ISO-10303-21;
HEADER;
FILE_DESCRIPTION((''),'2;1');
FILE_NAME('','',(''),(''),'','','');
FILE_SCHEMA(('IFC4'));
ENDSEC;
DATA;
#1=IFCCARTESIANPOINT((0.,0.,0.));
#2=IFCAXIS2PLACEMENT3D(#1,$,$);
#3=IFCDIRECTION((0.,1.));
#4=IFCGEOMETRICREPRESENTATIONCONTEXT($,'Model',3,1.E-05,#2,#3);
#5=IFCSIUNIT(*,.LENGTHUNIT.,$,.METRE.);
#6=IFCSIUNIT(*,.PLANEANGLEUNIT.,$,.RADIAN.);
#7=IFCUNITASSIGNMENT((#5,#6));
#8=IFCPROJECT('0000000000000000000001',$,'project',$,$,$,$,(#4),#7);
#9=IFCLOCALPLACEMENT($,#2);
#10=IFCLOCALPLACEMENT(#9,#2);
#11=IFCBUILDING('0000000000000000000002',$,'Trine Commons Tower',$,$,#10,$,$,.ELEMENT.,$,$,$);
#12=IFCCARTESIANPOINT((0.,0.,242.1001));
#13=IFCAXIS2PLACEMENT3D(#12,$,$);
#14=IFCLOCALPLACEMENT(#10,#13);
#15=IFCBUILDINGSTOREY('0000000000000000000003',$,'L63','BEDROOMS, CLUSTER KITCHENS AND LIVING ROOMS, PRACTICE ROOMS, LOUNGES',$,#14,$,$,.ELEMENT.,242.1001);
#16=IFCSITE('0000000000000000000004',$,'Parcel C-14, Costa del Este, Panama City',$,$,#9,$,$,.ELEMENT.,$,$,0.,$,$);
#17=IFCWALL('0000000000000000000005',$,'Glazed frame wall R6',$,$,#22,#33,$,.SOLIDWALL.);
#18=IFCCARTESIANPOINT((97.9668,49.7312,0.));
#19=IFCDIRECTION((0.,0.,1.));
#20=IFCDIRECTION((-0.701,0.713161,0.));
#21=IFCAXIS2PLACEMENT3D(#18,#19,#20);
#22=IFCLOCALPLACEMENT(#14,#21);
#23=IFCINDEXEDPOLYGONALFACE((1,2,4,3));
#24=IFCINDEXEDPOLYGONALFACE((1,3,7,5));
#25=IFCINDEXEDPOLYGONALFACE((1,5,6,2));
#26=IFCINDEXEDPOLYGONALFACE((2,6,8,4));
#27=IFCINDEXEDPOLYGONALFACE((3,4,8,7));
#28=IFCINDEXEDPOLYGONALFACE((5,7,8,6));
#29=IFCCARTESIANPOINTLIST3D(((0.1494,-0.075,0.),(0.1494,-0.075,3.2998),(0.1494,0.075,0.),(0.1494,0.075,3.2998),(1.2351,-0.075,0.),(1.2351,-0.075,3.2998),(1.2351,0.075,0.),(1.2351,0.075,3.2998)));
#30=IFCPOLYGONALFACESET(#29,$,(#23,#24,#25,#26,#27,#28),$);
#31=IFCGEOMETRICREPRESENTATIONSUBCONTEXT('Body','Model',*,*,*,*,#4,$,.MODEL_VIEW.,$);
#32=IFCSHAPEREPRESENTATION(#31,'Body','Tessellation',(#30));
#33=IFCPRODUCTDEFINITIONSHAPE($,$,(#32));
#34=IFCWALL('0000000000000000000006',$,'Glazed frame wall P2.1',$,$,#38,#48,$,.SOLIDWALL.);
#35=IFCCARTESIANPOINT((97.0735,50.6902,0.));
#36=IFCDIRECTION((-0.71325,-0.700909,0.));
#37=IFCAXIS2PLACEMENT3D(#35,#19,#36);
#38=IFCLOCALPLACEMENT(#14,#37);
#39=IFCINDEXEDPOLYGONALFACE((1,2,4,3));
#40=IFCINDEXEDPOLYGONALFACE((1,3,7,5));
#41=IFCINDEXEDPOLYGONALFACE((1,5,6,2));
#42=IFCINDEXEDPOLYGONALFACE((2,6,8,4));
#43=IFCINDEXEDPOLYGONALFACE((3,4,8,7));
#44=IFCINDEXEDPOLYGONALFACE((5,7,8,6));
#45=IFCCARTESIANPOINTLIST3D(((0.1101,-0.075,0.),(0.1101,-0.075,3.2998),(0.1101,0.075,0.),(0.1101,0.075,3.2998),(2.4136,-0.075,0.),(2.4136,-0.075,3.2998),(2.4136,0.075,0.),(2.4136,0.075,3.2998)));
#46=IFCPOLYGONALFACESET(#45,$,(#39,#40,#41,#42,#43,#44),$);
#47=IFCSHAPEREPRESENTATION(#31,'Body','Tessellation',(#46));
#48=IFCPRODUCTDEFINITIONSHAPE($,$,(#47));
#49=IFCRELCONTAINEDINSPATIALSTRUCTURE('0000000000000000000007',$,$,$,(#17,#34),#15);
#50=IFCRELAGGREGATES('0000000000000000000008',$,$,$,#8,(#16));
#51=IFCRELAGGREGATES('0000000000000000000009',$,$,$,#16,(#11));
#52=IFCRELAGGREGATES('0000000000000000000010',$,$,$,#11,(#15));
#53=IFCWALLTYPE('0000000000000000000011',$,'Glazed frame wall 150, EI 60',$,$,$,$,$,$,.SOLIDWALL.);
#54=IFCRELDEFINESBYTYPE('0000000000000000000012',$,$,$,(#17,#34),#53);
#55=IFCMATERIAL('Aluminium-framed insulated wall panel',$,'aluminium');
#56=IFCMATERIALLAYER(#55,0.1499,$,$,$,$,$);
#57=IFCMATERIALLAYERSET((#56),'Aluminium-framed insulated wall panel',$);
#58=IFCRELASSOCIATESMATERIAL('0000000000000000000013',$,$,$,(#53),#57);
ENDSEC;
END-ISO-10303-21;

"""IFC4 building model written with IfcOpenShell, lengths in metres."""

from ifc_helpers import new_model, si_unit, direction, frame, origin, place, context, subcontext, project, spatial, polyline, outline, extrude, material, layer, layer_set, type_object, element, save


model = new_model("IFC4")

# Units and contexts
model_context = context("Model", 3, precision=1e-05, world=origin(), true_north=direction((0.0, 1.0)))
body_context = subcontext(model_context, "Body", "Model", "MODEL_VIEW")
ifc_project = project(units=[si_unit("LENGTHUNIT", "METRE"), si_unit("PLANEANGLEUNIT", "RADIAN")], contexts=[model_context])

# Site, building, storey
site_placement = place(None, origin())
site = spatial("IfcSite", under=ifc_project, at=site_placement, Name="Parcel C-14, Costa del Este, Panama City", CompositionType="ELEMENT", RefElevation=0.0)
building_placement = place(site_placement, origin())
building = spatial("IfcBuilding", under=site, at=building_placement, Name="Trine Commons Tower", CompositionType="ELEMENT")
storey_placement = place(building_placement, frame((0.0, 0.0, 242.1001)))
storey = spatial("IfcBuildingStorey", under=building, at=storey_placement, Name="L63", Description="BEDROOMS, CLUSTER KITCHENS AND LIVING ROOMS, PRACTICE ROOMS, LOUNGES", CompositionType="ELEMENT", Elevation=242.1001)

# Walls
ifc_material_1 = material(Name="Aluminium-framed insulated wall panel", Category="aluminium")
ifc_layer_1 = layer(ifc_material_1, 0.1499)
ifc_layer_set_1 = layer_set([ifc_layer_1], Name="Aluminium-framed insulated wall panel")
wall_type_1 = type_object("IfcWallType", Name="Glazed frame wall 150, EI 60", PredefinedType="SOLIDWALL", material=ifc_layer_set_1)
wall_1_placement = place(storey_placement, frame((97.9668, 49.7312, 0.0), z_axis=(0.0, 0.0, 1.0), x_axis=(-0.701, 0.713161, 0.0)))
element("IfcWall", 1, at=wall_1_placement, inside=storey, type_object=wall_type_1, Name="Glazed frame wall R6", PredefinedType="SOLIDWALL", context=body_context, shape_type="SweptSolid", body=[
    extrude(outline(polyline([(0.1494, 0.075), (0.1494, -0.075), (1.2351, -0.075), (1.2351, 0.075), (0.1494, 0.075)])), origin(), (0.0, 0.0, 1.0), 3.2998),
])
wall_2_placement = place(storey_placement, frame((97.0735, 50.6902, 0.0), z_axis=(0.0, 0.0, 1.0), x_axis=(-0.71325, -0.700909, 0.0)))
element("IfcWall", 2, at=wall_2_placement, inside=storey, type_object=wall_type_1, Name="Glazed frame wall P2.1", PredefinedType="SOLIDWALL", context=body_context, shape_type="SweptSolid", body=[
    extrude(outline(polyline([(0.1101, -0.075), (2.4136, -0.075), (2.4136, 0.075), (0.1101, 0.075), (0.1101, -0.075)])), origin(), (0.0, 0.0, 1.0), 3.2998),
])

save(model, "model.ifc")
